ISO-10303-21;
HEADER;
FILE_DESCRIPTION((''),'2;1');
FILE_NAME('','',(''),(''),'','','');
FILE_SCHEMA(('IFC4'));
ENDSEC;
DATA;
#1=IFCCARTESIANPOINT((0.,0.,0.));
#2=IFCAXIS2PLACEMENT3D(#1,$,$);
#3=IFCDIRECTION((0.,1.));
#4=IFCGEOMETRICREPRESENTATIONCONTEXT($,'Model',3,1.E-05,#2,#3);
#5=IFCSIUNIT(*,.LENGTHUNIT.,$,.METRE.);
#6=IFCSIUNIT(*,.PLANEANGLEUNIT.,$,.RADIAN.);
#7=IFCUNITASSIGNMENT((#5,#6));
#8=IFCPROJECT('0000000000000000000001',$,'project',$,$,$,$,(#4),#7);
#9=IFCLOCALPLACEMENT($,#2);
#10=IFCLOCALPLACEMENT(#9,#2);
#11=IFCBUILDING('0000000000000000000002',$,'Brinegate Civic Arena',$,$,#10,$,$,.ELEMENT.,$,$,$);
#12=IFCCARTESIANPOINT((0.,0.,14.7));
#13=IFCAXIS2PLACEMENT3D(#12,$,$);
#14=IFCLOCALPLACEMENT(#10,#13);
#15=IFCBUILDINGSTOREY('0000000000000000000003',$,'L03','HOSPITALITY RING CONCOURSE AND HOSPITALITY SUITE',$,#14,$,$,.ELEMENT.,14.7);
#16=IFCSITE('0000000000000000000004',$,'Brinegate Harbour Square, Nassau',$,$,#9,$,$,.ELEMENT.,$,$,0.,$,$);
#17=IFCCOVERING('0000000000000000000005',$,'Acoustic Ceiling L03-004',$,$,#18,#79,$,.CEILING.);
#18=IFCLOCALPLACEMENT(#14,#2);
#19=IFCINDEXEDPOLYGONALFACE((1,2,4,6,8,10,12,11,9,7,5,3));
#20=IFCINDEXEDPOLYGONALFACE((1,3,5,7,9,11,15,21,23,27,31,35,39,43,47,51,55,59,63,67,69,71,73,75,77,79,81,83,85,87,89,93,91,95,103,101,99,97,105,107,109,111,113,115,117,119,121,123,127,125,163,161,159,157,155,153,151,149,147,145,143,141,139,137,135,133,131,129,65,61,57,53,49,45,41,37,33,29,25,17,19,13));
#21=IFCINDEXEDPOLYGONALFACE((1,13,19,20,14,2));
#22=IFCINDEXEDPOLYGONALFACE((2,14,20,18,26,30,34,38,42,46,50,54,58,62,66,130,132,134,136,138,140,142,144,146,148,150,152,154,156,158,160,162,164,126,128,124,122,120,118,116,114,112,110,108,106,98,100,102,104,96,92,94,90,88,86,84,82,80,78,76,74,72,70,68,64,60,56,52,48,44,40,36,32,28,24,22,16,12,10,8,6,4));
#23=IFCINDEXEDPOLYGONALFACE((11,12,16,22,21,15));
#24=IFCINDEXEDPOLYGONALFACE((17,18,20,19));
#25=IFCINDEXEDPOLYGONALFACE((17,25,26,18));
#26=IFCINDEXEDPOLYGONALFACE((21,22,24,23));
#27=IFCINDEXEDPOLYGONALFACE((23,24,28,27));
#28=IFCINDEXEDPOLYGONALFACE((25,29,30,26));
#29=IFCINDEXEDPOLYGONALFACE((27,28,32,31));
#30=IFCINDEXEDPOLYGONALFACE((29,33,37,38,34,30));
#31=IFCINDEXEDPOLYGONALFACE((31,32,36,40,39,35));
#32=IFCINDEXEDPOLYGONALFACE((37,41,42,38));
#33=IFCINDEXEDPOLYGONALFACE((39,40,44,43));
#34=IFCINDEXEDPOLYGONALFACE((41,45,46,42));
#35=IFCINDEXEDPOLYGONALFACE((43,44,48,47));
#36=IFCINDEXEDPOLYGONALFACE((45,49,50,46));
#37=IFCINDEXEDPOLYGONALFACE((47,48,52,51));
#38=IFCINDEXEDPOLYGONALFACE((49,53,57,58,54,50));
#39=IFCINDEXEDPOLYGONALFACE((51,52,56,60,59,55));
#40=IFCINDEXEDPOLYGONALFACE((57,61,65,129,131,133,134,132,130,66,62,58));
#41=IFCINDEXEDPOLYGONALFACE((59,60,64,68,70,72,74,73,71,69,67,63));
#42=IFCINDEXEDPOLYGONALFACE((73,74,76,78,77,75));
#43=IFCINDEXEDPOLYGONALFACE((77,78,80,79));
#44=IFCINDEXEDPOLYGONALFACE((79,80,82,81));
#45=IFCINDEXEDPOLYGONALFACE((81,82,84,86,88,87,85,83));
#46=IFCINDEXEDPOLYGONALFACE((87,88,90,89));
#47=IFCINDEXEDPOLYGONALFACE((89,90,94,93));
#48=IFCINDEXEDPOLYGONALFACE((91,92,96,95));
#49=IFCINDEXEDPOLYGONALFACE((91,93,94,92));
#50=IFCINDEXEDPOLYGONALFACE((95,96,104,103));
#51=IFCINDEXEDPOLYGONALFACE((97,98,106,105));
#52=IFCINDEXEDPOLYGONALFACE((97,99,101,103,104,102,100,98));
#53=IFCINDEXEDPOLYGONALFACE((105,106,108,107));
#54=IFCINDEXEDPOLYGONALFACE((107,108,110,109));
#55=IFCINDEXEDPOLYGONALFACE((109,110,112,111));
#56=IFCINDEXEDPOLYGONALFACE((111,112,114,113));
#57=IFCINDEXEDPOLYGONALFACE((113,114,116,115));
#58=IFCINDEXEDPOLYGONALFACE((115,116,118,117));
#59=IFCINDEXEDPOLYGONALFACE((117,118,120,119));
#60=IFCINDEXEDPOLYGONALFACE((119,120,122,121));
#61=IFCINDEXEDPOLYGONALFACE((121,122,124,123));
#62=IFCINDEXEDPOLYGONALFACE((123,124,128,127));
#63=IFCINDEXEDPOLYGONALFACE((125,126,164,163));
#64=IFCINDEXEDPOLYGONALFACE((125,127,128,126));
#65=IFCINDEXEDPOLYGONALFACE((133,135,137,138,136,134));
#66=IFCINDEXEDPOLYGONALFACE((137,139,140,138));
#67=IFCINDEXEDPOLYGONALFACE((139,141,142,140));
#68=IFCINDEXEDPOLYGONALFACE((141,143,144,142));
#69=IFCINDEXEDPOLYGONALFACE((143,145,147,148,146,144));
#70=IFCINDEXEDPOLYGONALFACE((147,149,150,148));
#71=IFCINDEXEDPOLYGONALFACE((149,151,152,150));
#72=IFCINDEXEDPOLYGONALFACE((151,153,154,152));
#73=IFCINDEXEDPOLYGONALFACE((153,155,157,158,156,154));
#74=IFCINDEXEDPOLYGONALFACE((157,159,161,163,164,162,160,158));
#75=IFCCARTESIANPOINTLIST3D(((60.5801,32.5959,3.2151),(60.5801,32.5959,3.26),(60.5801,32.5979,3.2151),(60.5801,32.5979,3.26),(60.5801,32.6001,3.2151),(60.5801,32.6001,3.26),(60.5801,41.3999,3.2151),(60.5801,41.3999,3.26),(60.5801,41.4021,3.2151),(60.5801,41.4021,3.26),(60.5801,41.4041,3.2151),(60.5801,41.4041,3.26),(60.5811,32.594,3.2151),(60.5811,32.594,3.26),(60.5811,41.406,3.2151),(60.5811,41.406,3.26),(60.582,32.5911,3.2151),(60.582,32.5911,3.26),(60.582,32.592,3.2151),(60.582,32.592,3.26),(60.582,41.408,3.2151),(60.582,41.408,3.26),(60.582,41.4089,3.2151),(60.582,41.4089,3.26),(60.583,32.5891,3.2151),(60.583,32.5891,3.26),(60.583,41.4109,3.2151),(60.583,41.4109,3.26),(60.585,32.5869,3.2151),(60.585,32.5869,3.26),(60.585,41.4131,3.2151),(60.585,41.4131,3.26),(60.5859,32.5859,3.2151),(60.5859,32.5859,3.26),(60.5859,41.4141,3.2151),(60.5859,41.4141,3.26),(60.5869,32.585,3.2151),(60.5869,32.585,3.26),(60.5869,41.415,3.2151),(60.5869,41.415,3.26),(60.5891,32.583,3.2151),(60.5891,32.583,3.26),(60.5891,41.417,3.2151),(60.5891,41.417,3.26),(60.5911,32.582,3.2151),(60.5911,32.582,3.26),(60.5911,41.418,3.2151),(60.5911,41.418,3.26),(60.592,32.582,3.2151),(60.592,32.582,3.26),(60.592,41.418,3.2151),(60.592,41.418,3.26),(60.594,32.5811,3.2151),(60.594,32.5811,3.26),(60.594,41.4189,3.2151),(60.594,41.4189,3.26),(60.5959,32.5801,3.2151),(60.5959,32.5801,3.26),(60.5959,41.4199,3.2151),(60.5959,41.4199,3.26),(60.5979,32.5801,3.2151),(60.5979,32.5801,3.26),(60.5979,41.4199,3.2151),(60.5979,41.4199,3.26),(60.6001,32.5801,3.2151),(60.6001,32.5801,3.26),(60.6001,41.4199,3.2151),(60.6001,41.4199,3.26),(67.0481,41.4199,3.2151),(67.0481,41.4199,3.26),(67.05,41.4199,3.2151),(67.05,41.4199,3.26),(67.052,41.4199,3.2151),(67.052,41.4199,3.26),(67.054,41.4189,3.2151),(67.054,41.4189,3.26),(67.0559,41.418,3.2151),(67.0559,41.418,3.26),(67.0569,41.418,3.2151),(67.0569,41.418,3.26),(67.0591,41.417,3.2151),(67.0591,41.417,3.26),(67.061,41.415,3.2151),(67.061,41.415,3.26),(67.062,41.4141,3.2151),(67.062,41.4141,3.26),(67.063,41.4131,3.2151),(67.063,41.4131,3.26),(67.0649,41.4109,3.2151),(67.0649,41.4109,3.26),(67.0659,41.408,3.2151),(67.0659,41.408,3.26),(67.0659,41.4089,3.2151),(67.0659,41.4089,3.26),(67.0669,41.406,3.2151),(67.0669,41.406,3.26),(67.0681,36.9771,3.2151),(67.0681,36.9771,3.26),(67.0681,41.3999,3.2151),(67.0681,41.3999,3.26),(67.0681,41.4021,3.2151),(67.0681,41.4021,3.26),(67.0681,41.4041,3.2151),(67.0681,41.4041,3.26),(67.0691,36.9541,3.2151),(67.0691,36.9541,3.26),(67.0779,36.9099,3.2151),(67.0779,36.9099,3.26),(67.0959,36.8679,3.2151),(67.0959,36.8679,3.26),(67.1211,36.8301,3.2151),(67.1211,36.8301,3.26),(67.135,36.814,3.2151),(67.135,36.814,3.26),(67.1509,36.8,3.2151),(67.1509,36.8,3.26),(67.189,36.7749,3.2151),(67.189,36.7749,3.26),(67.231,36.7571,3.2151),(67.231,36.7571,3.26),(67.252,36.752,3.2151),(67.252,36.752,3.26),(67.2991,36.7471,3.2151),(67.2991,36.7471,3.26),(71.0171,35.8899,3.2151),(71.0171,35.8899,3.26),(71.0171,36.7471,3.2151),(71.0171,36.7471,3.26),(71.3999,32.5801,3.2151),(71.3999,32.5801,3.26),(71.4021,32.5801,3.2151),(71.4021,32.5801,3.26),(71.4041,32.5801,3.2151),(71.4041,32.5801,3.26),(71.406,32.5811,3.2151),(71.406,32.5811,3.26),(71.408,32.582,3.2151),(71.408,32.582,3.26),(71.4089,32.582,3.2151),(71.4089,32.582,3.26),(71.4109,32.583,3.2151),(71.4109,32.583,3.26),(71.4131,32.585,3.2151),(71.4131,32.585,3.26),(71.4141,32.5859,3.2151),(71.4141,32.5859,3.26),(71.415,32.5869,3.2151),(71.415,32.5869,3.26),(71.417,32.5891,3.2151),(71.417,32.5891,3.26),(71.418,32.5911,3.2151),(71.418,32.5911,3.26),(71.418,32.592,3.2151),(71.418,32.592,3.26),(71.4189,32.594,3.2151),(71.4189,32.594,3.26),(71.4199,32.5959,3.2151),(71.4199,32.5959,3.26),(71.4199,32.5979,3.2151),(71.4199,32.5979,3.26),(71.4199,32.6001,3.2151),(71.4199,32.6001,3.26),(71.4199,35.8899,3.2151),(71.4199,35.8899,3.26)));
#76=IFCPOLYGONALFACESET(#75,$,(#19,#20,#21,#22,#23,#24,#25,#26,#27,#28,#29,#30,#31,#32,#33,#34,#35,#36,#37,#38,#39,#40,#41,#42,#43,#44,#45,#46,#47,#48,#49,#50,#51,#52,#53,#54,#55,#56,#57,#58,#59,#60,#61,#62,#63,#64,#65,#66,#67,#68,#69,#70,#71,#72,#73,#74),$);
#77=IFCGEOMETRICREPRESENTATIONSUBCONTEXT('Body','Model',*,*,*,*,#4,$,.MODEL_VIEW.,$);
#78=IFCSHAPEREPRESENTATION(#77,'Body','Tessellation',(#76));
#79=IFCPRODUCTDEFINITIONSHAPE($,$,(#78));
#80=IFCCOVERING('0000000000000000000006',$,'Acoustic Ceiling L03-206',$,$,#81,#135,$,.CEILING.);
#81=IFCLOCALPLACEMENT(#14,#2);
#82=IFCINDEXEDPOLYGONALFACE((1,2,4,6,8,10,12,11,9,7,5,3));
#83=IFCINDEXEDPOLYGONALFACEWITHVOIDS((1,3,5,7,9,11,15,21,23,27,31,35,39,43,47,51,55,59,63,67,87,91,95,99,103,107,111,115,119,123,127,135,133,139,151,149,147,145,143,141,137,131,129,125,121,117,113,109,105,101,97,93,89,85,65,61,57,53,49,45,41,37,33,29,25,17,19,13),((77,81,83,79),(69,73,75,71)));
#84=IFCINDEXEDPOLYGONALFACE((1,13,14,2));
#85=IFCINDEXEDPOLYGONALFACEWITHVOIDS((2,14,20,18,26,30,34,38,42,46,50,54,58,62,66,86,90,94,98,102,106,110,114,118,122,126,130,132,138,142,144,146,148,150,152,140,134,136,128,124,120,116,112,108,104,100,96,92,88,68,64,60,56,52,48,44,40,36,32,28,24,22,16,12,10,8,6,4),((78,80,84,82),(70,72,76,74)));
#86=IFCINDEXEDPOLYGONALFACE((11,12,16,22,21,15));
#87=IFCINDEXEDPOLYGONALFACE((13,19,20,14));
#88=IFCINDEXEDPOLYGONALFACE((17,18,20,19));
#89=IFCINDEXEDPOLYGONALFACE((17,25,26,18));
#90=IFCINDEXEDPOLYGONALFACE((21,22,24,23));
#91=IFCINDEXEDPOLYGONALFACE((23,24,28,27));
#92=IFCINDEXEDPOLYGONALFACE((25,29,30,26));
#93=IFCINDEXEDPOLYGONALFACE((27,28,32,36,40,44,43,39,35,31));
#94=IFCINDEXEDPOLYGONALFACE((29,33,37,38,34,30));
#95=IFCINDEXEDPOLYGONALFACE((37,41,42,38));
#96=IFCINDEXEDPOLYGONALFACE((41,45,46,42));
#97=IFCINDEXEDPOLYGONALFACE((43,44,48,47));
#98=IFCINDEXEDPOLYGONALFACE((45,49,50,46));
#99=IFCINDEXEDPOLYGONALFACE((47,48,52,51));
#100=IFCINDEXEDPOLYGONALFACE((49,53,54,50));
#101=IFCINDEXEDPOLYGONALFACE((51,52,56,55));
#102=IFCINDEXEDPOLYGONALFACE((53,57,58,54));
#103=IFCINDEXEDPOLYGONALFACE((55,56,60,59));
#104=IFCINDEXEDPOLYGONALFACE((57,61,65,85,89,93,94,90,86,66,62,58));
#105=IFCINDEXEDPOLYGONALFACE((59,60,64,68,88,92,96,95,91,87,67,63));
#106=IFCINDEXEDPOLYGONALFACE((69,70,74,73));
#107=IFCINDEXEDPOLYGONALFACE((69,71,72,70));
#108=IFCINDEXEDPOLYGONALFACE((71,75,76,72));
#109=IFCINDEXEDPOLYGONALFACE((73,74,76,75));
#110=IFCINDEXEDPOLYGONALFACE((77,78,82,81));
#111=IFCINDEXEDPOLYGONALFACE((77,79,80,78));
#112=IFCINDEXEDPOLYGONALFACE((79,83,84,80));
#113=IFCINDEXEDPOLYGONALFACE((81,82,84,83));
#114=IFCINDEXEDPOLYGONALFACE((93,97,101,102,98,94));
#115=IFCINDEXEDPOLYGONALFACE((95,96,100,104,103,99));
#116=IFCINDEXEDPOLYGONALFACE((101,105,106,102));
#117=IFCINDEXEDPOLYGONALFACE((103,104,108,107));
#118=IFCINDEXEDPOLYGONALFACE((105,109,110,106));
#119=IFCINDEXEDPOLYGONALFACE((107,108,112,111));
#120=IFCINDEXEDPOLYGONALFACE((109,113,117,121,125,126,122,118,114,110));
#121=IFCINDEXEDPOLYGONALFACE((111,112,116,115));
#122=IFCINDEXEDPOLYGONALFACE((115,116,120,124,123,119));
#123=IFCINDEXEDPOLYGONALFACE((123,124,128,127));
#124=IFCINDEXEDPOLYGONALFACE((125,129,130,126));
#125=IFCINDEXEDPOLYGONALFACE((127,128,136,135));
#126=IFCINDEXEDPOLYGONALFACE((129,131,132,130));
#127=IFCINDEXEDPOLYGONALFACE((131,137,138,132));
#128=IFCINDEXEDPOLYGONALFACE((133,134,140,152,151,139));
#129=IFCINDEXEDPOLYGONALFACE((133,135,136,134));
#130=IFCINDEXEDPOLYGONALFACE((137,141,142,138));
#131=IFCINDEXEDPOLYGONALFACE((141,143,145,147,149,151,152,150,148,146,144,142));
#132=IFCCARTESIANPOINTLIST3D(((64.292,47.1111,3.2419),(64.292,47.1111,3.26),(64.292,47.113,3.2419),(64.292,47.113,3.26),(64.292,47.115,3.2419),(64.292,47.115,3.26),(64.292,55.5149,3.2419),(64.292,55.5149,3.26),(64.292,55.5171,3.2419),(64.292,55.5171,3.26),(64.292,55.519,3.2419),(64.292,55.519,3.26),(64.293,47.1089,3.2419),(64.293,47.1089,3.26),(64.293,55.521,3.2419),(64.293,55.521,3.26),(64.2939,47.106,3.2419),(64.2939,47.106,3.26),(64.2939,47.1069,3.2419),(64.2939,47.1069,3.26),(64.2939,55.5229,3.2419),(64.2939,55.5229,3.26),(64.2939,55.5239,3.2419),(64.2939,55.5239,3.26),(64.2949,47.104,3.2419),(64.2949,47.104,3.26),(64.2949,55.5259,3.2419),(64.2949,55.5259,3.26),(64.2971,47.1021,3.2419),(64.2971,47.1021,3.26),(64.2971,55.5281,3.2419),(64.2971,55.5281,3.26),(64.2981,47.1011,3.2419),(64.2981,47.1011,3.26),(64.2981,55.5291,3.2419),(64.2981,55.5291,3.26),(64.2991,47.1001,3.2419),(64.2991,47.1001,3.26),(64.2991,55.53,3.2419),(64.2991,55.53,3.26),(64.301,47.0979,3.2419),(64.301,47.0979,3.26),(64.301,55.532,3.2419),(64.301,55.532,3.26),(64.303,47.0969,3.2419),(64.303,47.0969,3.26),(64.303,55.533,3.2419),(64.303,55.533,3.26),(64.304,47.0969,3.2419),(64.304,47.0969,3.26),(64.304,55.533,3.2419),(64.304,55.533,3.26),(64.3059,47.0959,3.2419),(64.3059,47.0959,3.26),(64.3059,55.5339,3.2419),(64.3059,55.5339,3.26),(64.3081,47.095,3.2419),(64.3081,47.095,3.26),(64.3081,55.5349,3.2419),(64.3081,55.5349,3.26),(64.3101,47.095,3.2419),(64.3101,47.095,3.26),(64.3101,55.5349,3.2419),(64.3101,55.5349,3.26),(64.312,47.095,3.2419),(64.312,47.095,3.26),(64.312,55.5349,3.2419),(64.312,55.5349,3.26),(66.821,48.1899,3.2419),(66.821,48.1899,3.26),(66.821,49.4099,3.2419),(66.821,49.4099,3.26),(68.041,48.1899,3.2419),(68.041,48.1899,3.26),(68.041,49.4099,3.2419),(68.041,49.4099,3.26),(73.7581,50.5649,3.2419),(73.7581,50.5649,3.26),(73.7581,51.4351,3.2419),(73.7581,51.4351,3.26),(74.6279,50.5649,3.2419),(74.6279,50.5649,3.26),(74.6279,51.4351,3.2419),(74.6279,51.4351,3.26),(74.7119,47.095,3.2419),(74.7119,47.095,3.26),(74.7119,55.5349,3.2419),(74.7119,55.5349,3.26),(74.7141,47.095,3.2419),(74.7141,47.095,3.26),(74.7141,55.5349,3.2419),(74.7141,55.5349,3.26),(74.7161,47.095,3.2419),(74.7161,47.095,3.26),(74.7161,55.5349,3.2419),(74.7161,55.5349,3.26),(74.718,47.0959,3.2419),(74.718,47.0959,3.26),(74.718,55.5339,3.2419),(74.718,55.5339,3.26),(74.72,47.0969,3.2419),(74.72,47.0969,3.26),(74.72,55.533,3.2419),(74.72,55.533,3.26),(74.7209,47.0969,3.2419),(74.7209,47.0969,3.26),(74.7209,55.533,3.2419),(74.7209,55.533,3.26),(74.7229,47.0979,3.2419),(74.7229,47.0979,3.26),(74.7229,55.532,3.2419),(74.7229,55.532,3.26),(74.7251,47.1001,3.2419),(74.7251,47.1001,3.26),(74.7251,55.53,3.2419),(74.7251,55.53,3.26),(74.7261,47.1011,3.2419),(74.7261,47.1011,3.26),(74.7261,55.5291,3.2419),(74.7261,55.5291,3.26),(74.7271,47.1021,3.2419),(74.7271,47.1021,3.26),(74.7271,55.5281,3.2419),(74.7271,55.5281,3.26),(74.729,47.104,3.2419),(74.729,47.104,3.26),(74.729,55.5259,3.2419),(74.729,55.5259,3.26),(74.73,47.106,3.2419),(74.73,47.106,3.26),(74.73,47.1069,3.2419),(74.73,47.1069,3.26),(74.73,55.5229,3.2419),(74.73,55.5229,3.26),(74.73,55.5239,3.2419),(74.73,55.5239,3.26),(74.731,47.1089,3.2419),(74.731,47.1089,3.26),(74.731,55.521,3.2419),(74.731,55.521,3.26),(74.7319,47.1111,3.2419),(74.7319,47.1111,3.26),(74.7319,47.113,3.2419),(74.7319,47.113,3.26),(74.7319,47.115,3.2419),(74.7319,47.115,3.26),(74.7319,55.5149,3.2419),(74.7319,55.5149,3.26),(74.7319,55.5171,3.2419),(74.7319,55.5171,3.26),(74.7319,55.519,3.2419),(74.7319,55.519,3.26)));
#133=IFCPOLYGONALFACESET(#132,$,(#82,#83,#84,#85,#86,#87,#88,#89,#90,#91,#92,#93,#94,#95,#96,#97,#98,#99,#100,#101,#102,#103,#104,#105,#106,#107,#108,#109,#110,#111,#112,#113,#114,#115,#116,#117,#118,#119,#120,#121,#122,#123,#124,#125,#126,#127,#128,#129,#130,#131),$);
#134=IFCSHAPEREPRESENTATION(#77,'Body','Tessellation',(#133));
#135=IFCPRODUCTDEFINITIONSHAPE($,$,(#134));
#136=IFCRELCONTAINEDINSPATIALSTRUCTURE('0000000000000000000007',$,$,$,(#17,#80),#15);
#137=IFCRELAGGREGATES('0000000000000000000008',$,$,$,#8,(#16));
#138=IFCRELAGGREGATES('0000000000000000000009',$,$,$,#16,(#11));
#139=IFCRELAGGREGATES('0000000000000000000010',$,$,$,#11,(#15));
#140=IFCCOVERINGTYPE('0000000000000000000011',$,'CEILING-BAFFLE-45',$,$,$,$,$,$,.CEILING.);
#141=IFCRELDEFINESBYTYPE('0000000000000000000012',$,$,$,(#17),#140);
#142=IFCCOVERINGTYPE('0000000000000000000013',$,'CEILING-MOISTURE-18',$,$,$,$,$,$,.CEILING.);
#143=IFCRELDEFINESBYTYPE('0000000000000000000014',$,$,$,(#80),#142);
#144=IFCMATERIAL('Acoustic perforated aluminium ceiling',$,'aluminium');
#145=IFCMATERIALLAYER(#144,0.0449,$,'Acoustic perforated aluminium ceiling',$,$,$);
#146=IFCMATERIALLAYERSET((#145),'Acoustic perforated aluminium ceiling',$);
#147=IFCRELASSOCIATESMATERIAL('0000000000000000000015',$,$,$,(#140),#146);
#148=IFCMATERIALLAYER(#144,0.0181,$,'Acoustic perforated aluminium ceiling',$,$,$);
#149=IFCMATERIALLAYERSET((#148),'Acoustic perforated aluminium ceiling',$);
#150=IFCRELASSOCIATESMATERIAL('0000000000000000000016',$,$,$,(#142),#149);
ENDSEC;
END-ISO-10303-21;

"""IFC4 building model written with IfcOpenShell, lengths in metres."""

from ifc_helpers import new_model, si_unit, direction, frame, origin, place, context, subcontext, project, spatial, polyline, outline, extrude, material, layer, layer_set, type_object, element, save


model = new_model("IFC4")

# Units and contexts
model_context = context("Model", 3, precision=1e-05, world=origin(), true_north=direction((0.0, 1.0)))
body_context = subcontext(model_context, "Body", "Model", "MODEL_VIEW")
ifc_project = project(units=[si_unit("LENGTHUNIT", "METRE"), si_unit("PLANEANGLEUNIT", "RADIAN")], contexts=[model_context])

# Site, building, storey
site_placement = place(None, origin())
site = spatial("IfcSite", under=ifc_project, at=site_placement, Name="Brinegate Harbour Square, Nassau", CompositionType="ELEMENT", RefElevation=0.0)
building_placement = place(site_placement, origin())
building = spatial("IfcBuilding", under=site, at=building_placement, Name="Brinegate Civic Arena", CompositionType="ELEMENT")
storey_placement = place(building_placement, frame((0.0, 0.0, 14.7)))
storey = spatial("IfcBuildingStorey", under=building, at=storey_placement, Name="L03", Description="HOSPITALITY RING CONCOURSE AND HOSPITALITY SUITE", CompositionType="ELEMENT", Elevation=14.7)

# Coverings
ifc_material_1 = material(Name="Acoustic perforated aluminium ceiling", Category="aluminium")
ifc_layer_1 = layer(ifc_material_1, 0.0449, Name="Acoustic perforated aluminium ceiling")
ifc_layer_set_1 = layer_set([ifc_layer_1], Name="Acoustic perforated aluminium ceiling")
covering_type_1 = type_object("IfcCoveringType", Name="CEILING-BAFFLE-45", PredefinedType="CEILING", material=ifc_layer_set_1)
covering_1_placement = place(storey_placement, frame((0.0, 0.0, 3.2151)))
element("IfcCovering", 1, at=covering_1_placement, inside=storey, type_object=covering_type_1, Name="Acoustic Ceiling L03-004", PredefinedType="CEILING", context=body_context, shape_type="SweptSolid", body=[
    extrude(outline(polyline([(67.052, 41.4199), (67.054, 41.4189), (67.0559, 41.418), (67.0569, 41.418), (67.0591, 41.417), (67.061, 41.415), (67.062, 41.4141), (67.063, 41.4131), (67.0649, 41.4109), (67.0659, 41.4089), (67.0659, 41.408), (67.0669, 41.406), (67.0681, 41.4041), (67.0681, 41.4021), (67.0681, 41.3999), (67.0681, 36.9771), (67.0691, 36.9541), (67.0779, 36.9099), (67.0959, 36.8679), (67.1211, 36.8301), (67.135, 36.814), (67.1509, 36.8), (67.189, 36.7749), (67.231, 36.7571), (67.252, 36.752), (67.2991, 36.7471), (71.0171, 36.7471), (71.0171, 35.8899), (71.4199, 35.8899), (71.4199, 32.6001), (71.4199, 32.5979), (71.4199, 32.5959), (71.4189, 32.594), (71.418, 32.592), (71.418, 32.5911), (71.417, 32.5891), (71.415, 32.5869), (71.4141, 32.5859), (71.4131, 32.585), (71.4109, 32.583), (71.4089, 32.582), (71.408, 32.582), (71.406, 32.5811), (71.4041, 32.5801), (71.4021, 32.5801), (71.3999, 32.5801), (60.6001, 32.5801), (60.5979, 32.5801), (60.5959, 32.5801), (60.594, 32.5811), (60.592, 32.582), (60.5911, 32.582), (60.5891, 32.583), (60.5869, 32.585), (60.5859, 32.5859), (60.585, 32.5869), (60.583, 32.5891), (60.582, 32.5911), (60.582, 32.592), (60.5811, 32.594), (60.5801, 32.5959), (60.5801, 32.5979), (60.5801, 32.6001), (60.5801, 41.3999), (60.5801, 41.4021), (60.5801, 41.4041), (60.5811, 41.406), (60.582, 41.408), (60.582, 41.4089), (60.583, 41.4109), (60.585, 41.4131), (60.5859, 41.4141), (60.5869, 41.415), (60.5891, 41.417), (60.5911, 41.418), (60.592, 41.418), (60.594, 41.4189), (60.5959, 41.4199), (60.5979, 41.4199), (60.6001, 41.4199), (67.0481, 41.4199), (67.05, 41.4199), (67.052, 41.4199)])), origin(), (0.0, 0.0, 1.0), 0.0449),
])
ifc_layer_2 = layer(ifc_material_1, 0.0181, Name="Acoustic perforated aluminium ceiling")
ifc_layer_set_2 = layer_set([ifc_layer_2], Name="Acoustic perforated aluminium ceiling")
covering_type_2 = type_object("IfcCoveringType", Name="CEILING-MOISTURE-18", PredefinedType="CEILING", material=ifc_layer_set_2)
covering_2_placement = place(storey_placement, frame((0.0, 0.0, 3.2419)))
element("IfcCovering", 2, at=covering_2_placement, inside=storey, type_object=covering_type_2, Name="Acoustic Ceiling L03-206", PredefinedType="CEILING", context=body_context, shape_type="SweptSolid", body=[
    extrude(outline(polyline([(74.7161, 55.5349), (74.718, 55.5339), (74.72, 55.533), (74.7209, 55.533), (74.7229, 55.532), (74.7251, 55.53), (74.7261, 55.5291), (74.7271, 55.5281), (74.729, 55.5259), (74.73, 55.5239), (74.73, 55.5229), (74.731, 55.521), (74.7319, 55.519), (74.7319, 55.5171), (74.7319, 55.5149), (74.7319, 47.115), (74.7319, 47.113), (74.7319, 47.1111), (74.731, 47.1089), (74.73, 47.1069), (74.73, 47.106), (74.729, 47.104), (74.7271, 47.1021), (74.7261, 47.1011), (74.7251, 47.1001), (74.7229, 47.0979), (74.7209, 47.0969), (74.72, 47.0969), (74.718, 47.0959), (74.7161, 47.095), (74.7141, 47.095), (74.7119, 47.095), (64.312, 47.095), (64.3101, 47.095), (64.3081, 47.095), (64.3059, 47.0959), (64.304, 47.0969), (64.303, 47.0969), (64.301, 47.0979), (64.2991, 47.1001), (64.2981, 47.1011), (64.2971, 47.1021), (64.2949, 47.104), (64.2939, 47.106), (64.2939, 47.1069), (64.293, 47.1089), (64.292, 47.1111), (64.292, 47.113), (64.292, 47.115), (64.292, 55.5149), (64.292, 55.5171), (64.292, 55.519), (64.293, 55.521), (64.2939, 55.5229), (64.2939, 55.5239), (64.2949, 55.5259), (64.2971, 55.5281), (64.2981, 55.5291), (64.2991, 55.53), (64.301, 55.532), (64.303, 55.533), (64.304, 55.533), (64.3059, 55.5339), (64.3081, 55.5349), (64.3101, 55.5349), (64.312, 55.5349), (74.7119, 55.5349), (74.7141, 55.5349), (74.7161, 55.5349)]), holes=[polyline([(66.821, 49.4099), (66.821, 48.1899), (68.041, 48.1899), (68.041, 49.4099), (66.821, 49.4099)]), polyline([(73.7581, 51.4351), (73.7581, 50.5649), (74.6279, 50.5649), (74.6279, 51.4351), (73.7581, 51.4351)])]), origin(), (0.0, 0.0, 1.0), 0.0181),
])

save(model, "model.ifc")
